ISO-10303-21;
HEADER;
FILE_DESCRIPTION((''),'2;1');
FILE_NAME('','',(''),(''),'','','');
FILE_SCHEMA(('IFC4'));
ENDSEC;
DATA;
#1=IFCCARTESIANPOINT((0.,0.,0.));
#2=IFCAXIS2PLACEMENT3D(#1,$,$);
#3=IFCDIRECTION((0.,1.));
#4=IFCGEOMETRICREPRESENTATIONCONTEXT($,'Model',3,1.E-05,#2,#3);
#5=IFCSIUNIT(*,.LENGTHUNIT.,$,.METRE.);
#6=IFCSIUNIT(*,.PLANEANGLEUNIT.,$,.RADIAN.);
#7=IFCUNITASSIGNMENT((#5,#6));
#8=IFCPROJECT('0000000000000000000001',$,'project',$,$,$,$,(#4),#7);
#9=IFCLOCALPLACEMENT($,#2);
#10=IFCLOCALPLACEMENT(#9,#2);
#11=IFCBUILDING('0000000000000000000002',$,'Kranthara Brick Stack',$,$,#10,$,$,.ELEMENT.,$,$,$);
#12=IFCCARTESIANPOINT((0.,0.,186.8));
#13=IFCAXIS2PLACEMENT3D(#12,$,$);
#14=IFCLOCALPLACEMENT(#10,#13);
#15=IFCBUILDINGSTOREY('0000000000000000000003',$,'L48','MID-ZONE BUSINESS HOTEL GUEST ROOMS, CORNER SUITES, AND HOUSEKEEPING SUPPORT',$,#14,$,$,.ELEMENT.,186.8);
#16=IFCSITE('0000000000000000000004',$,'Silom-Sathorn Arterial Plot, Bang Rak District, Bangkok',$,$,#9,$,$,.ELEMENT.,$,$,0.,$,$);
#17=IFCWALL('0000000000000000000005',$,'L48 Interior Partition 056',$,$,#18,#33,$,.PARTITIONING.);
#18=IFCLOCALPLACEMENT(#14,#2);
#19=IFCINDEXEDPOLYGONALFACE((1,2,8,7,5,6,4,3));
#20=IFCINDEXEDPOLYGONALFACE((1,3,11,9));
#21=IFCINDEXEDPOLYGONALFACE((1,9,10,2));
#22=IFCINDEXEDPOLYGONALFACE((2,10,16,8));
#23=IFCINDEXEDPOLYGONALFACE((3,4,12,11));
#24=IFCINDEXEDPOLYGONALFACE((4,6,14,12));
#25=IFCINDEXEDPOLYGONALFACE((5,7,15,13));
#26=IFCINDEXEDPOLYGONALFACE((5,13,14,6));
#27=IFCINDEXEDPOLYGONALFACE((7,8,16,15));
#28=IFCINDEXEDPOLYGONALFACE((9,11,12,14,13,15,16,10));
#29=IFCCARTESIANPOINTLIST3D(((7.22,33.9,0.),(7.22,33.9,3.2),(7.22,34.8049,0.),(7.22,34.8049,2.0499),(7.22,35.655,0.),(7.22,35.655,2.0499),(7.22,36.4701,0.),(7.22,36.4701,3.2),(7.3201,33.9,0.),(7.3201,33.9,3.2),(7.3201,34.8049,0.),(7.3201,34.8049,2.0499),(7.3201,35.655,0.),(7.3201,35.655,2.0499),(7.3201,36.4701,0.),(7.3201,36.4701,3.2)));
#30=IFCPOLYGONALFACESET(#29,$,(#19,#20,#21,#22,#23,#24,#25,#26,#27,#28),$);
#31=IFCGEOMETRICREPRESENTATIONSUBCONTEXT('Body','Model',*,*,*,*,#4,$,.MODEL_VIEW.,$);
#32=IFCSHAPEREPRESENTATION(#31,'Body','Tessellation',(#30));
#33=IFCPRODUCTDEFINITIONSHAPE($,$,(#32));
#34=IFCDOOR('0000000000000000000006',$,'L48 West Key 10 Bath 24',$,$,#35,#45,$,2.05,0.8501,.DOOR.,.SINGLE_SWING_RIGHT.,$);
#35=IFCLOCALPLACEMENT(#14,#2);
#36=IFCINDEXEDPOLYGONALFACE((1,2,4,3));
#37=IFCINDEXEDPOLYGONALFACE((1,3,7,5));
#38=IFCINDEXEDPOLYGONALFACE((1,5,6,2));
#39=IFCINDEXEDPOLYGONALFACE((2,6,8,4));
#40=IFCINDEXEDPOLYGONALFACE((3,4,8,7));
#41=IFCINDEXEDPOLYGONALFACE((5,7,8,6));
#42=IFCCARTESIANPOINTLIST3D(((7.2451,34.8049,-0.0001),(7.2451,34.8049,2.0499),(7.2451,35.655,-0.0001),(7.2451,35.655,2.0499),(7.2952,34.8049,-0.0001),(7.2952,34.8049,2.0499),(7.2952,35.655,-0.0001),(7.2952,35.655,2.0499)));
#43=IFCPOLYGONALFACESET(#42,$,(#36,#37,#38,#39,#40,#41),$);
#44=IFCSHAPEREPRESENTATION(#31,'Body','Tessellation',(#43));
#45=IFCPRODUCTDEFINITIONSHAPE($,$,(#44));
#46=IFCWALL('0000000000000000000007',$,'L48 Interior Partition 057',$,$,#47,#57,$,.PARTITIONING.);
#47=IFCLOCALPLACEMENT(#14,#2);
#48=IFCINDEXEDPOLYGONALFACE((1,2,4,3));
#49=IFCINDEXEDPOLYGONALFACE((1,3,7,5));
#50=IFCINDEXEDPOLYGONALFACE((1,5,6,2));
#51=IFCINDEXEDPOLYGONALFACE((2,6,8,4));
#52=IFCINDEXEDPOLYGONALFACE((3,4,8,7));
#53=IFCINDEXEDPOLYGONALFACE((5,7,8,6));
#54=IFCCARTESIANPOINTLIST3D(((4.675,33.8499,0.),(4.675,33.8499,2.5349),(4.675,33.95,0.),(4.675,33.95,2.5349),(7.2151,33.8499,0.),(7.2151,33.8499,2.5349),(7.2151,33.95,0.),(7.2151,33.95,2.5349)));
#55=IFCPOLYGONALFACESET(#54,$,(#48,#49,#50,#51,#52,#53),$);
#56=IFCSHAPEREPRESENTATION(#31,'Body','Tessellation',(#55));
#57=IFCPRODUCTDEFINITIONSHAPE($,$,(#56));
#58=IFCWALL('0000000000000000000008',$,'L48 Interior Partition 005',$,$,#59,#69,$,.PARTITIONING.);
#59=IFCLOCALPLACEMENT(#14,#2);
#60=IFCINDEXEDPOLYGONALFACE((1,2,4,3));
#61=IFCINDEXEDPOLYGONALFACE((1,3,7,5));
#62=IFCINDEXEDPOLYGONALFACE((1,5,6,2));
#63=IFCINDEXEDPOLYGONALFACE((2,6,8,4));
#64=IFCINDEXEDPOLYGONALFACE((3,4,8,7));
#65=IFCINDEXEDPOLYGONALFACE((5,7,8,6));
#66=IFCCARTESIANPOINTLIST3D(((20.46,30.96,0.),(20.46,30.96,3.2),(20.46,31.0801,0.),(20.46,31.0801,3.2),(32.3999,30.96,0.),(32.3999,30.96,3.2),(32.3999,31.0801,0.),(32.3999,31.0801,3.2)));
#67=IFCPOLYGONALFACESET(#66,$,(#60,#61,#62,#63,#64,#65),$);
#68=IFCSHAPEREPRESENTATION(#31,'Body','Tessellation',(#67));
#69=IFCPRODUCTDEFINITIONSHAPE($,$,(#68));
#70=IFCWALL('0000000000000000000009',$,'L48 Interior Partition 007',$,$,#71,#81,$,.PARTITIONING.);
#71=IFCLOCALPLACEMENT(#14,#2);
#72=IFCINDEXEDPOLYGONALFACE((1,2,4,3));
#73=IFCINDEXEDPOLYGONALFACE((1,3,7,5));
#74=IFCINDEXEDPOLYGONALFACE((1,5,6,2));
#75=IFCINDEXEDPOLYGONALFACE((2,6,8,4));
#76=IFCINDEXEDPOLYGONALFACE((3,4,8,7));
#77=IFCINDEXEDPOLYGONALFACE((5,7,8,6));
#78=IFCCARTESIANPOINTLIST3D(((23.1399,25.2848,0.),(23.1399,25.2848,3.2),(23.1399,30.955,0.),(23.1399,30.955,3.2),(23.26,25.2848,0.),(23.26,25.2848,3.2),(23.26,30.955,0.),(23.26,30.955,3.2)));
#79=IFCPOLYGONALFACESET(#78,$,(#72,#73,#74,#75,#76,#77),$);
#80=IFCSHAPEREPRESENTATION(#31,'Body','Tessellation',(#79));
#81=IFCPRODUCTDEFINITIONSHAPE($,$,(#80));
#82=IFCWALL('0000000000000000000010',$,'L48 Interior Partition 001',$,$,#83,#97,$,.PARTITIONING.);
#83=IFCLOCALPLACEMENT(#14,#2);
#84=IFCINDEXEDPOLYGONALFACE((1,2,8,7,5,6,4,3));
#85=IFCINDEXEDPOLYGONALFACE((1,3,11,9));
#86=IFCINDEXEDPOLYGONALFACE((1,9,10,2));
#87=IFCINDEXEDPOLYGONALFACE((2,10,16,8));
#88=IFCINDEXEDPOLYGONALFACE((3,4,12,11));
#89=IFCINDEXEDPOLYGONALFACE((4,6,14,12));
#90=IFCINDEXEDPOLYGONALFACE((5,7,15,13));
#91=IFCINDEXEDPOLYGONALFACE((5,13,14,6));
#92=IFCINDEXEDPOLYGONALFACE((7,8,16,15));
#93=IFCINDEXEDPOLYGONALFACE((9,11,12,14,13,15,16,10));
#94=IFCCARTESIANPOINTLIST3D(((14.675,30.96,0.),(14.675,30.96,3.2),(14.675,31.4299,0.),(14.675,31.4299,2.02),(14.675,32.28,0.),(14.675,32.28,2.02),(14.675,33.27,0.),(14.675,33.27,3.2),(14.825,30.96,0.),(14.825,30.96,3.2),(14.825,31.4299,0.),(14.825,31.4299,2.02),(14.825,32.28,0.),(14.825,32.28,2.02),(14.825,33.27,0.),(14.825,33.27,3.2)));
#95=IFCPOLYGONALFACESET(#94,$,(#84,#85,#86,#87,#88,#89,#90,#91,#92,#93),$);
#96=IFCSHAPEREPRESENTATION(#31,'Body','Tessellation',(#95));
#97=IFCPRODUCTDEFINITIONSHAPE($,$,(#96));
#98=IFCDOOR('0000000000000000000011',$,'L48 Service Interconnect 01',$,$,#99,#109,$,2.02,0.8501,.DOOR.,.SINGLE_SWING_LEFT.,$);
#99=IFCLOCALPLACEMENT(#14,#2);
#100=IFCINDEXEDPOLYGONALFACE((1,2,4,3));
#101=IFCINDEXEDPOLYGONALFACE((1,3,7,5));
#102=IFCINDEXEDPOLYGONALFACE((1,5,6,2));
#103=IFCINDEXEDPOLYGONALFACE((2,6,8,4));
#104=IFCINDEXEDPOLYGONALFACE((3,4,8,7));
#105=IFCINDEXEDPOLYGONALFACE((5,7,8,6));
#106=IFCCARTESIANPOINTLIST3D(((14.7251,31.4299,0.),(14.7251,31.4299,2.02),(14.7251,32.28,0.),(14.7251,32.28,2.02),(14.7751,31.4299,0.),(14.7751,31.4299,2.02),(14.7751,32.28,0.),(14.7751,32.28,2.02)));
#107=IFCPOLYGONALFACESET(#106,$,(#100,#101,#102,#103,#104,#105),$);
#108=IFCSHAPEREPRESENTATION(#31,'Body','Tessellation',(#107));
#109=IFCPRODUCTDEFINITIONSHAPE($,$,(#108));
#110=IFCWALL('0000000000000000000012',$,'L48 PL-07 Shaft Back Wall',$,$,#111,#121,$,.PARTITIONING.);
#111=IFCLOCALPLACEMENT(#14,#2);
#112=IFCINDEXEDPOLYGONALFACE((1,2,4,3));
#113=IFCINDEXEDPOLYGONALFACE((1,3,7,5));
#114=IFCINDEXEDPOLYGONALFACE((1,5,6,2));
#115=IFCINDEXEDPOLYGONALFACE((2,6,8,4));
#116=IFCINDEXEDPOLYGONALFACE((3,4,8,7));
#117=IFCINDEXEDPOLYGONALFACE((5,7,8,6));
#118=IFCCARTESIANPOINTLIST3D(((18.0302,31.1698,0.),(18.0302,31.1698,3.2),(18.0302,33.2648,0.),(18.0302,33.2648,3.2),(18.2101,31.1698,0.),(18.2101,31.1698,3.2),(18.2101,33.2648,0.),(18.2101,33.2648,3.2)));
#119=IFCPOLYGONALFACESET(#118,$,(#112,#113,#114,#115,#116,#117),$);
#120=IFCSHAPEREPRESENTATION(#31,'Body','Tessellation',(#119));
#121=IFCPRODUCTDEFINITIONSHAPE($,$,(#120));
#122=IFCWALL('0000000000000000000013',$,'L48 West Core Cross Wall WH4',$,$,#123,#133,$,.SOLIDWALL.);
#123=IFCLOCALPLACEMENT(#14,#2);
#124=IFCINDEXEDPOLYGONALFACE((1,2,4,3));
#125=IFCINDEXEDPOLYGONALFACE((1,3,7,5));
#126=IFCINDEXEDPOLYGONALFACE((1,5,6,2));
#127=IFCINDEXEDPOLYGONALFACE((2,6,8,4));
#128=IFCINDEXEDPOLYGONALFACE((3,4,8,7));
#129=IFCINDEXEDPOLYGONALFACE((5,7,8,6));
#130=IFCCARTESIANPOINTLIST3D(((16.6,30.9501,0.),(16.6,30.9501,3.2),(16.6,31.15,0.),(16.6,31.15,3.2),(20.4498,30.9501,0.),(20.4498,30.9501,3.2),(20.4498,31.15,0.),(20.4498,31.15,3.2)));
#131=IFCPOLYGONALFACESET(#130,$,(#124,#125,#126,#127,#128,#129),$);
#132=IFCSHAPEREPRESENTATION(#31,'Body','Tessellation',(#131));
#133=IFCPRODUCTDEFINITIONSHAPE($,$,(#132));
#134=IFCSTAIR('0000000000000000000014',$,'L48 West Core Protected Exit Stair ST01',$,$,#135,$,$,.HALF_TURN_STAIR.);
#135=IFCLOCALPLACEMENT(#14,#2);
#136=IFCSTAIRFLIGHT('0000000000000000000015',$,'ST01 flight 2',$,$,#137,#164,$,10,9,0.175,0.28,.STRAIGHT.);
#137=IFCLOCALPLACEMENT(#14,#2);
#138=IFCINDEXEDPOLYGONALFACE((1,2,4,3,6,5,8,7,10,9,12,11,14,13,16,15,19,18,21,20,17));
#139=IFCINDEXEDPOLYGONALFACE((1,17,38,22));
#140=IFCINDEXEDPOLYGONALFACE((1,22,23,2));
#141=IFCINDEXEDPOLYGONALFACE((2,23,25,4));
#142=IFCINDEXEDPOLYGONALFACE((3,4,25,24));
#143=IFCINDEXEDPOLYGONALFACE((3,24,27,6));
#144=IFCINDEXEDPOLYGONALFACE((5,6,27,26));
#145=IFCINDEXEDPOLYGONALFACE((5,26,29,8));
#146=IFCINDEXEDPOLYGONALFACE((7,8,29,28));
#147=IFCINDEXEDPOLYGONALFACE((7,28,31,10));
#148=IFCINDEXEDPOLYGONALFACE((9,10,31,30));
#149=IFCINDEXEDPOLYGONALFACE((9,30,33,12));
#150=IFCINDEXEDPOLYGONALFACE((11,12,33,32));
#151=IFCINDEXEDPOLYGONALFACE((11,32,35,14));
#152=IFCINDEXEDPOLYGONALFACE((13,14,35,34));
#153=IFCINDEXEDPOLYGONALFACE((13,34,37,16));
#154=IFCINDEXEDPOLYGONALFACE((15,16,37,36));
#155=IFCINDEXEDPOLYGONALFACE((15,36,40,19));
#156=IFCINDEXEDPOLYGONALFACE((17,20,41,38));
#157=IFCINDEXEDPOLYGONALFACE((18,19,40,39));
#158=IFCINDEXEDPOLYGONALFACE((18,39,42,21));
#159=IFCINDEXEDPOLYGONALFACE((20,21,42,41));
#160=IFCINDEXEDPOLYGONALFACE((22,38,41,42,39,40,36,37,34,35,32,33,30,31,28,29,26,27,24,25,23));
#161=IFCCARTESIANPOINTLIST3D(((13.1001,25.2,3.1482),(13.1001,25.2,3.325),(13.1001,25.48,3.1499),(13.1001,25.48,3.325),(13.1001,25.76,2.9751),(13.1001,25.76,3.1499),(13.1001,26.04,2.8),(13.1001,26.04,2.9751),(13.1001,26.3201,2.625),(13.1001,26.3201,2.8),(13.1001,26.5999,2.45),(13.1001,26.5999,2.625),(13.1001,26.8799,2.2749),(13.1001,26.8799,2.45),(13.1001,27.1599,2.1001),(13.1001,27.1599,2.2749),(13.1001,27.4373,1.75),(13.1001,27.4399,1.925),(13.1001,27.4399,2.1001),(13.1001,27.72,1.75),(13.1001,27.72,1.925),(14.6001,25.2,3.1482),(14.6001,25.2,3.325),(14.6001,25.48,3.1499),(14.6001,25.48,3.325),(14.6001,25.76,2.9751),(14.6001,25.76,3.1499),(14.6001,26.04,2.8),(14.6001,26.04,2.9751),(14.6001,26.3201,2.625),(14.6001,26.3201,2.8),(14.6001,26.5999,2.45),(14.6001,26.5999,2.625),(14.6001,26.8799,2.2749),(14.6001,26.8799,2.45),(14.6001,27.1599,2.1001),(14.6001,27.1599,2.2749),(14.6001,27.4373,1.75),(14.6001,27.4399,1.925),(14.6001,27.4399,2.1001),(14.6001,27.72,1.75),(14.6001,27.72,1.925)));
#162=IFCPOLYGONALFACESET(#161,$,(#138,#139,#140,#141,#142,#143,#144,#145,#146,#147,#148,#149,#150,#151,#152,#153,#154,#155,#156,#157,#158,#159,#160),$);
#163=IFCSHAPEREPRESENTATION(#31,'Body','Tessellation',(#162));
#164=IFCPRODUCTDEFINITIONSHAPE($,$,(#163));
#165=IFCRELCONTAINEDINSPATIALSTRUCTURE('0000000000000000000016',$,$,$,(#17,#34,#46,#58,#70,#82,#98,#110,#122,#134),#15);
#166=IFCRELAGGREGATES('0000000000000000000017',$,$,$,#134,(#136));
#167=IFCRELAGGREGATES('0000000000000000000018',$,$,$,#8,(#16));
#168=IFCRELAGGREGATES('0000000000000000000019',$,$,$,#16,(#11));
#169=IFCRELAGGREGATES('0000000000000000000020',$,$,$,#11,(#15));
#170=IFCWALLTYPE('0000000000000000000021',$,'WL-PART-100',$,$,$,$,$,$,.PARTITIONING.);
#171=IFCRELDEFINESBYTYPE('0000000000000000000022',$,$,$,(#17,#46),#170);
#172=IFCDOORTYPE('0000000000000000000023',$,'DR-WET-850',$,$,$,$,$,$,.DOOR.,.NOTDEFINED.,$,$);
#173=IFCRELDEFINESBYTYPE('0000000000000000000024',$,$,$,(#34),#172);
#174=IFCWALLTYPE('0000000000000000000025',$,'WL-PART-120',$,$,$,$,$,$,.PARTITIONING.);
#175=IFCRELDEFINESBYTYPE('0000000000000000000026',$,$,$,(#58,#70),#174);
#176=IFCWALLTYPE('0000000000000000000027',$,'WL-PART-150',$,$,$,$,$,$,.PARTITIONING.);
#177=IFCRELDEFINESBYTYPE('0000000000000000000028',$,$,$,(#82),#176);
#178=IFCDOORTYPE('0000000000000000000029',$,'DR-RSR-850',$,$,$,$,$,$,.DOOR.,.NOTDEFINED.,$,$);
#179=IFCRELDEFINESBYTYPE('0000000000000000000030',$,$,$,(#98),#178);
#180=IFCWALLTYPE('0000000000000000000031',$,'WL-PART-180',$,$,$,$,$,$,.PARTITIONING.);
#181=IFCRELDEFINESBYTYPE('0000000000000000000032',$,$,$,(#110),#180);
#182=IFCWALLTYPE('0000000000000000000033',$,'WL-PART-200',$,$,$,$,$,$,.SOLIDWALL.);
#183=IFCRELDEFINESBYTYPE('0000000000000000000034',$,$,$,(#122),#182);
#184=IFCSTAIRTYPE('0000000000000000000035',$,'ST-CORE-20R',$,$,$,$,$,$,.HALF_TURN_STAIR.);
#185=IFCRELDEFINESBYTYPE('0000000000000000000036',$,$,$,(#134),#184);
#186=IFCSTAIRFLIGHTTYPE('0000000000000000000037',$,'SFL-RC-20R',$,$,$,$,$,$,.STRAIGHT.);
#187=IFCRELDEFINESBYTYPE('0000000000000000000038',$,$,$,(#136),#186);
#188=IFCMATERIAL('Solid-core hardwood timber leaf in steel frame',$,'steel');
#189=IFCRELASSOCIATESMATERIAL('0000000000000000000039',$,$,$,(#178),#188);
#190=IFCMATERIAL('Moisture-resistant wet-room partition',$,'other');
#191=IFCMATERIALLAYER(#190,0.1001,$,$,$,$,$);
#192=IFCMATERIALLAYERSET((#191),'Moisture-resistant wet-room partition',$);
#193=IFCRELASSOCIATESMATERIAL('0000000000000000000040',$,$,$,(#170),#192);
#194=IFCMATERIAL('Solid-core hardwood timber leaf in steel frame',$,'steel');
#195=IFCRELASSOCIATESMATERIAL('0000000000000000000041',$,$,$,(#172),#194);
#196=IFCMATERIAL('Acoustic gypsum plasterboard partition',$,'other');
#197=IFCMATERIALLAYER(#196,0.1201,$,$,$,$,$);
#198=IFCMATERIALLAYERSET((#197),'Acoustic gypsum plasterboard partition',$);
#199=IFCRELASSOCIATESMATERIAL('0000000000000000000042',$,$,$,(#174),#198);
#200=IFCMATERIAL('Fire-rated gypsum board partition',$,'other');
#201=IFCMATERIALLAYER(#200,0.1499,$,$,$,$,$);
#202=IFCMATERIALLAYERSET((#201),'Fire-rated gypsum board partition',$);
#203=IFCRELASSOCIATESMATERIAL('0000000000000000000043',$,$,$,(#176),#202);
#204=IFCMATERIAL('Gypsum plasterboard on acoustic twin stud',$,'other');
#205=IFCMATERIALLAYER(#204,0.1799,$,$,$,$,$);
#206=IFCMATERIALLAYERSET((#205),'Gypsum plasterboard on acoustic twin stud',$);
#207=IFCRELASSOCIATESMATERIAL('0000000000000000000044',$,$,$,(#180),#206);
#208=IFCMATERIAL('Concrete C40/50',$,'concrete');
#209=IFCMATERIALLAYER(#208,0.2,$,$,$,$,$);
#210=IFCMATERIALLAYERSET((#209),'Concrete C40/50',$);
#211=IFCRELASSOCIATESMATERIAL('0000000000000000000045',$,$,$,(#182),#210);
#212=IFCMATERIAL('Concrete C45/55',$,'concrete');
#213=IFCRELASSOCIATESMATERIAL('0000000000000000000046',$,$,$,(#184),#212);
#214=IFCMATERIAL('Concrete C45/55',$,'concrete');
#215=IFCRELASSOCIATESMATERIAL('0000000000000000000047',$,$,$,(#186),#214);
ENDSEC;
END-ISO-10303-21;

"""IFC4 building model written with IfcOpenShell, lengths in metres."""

from ifc_helpers import new_model, si_unit, direction, frame, frame_2d, origin, place, context, subcontext, project, spatial, polyline, rectangle, outline, extrude, material, layer, layer_set, type_object, element, fill, aggregate, save


model = new_model("IFC4")

# Units and contexts
model_context = context("Model", 3, precision=1e-05, world=origin(), true_north=direction((0.0, 1.0)))
body_context = subcontext(model_context, "Body", "Model", "MODEL_VIEW")
ifc_project = project(units=[si_unit("LENGTHUNIT", "METRE"), si_unit("PLANEANGLEUNIT", "RADIAN")], contexts=[model_context])

# Site, building, storey
site_placement = place(None, origin())
site = spatial("IfcSite", under=ifc_project, at=site_placement, Name="Silom-Sathorn Arterial Plot, Bang Rak District, Bangkok", CompositionType="ELEMENT", RefElevation=0.0)
building_placement = place(site_placement, origin())
building = spatial("IfcBuilding", under=site, at=building_placement, Name="Kranthara Brick Stack", CompositionType="ELEMENT")
storey_placement = place(building_placement, frame((0.0, 0.0, 186.8)))
storey = spatial("IfcBuildingStorey", under=building, at=storey_placement, Name="L48", Description="MID-ZONE BUSINESS HOTEL GUEST ROOMS, CORNER SUITES, AND HOUSEKEEPING SUPPORT", CompositionType="ELEMENT", Elevation=186.8)

# Shared definitions
ifc_material_1 = material(Name="Solid-core hardwood timber leaf in steel frame", Category="steel")
door_type_1 = type_object("IfcDoorType", Name="DR-RSR-850", OperationType="NOTDEFINED", PredefinedType="DOOR", material=ifc_material_1)

# Wall, opening, door
ifc_material_2 = material(Name="Moisture-resistant wet-room partition", Category="other")
ifc_layer_1 = layer(ifc_material_2, 0.1001)
ifc_layer_set_1 = layer_set([ifc_layer_1], Name="Moisture-resistant wet-room partition")
wall_type_1 = type_object("IfcWallType", Name="WL-PART-100", PredefinedType="PARTITIONING", material=ifc_layer_set_1)
wall_1_placement = place(storey_placement, frame((7.27, 33.8999, 0.0), z_axis=(0.0, 0.0, 1.0), x_axis=(0.0, 1.0, 0.0)))
wall_1 = element("IfcWall", 1, at=wall_1_placement, inside=storey, type_object=wall_type_1, Name="L48 Interior Partition 056", PredefinedType="PARTITIONING", context=body_context, shape_type="SweptSolid", body=[
    extrude(rectangle(XDim=2.5701, YDim=0.1001, at=frame_2d((1.2852, 0.0))), origin(), (0.0, 0.0, 1.0), 3.2),
])
opening_1_placement = place(wall_1_placement, frame((0.905, 0.0, 0.0)))
opening_1 = element("IfcOpeningElement", 2, at=opening_1_placement, cuts=wall_1, PredefinedType="OPENING", context=body_context, shape_type="SweptSolid", body=[
    extrude(rectangle(XDim=0.8501, YDim=2.05, at=frame_2d((0.425, 1.0249))), frame((0.0, 0.0601, 0.0), z_axis=(0.0, -1.0, 0.0), x_axis=(1.0, 0.0, 0.0)), (0.0, 0.0, 1.0), 0.1201),
])
ifc_material_3 = material(Name="Solid-core hardwood timber leaf in steel frame", Category="steel")
door_type_2 = type_object("IfcDoorType", Name="DR-WET-850", OperationType="NOTDEFINED", PredefinedType="DOOR", material=ifc_material_3)
door_1_placement = place(opening_1_placement, origin())
door_1 = element("IfcDoor", 3, at=door_1_placement, inside=storey, type_object=door_type_2, Name="L48 West Key 10 Bath 24", OperationType="SINGLE_SWING_RIGHT", OverallHeight=2.05, OverallWidth=0.8501, PredefinedType="DOOR", context=body_context, shape_type="SweptSolid", body=[
    extrude(rectangle(XDim=0.8501, YDim=2.05, at=frame_2d((0.425, 1.0249))), frame((0.0, 0.0249, 0.0), z_axis=(0.0, -1.0, 0.0), x_axis=(1.0, 0.0, 0.0)), (0.0, 0.0, 1.0), 0.05),
])
fill(opening_1, door_1)

# Walls
wall_2_placement = place(storey_placement, frame((4.675, 33.8999, 0.0), z_axis=(0.0, 0.0, 1.0), x_axis=(1.0, 0.0, 0.0)))
element("IfcWall", 4, at=wall_2_placement, inside=storey, type_object=wall_type_1, Name="L48 Interior Partition 057", PredefinedType="PARTITIONING", context=body_context, shape_type="SweptSolid", body=[
    extrude(rectangle(XDim=2.54, YDim=0.1001, at=frame_2d((1.27, 0.0))), origin(), (0.0, 0.0, 1.0), 2.5349),
])
ifc_material_4 = material(Name="Acoustic gypsum plasterboard partition", Category="other")
ifc_layer_2 = layer(ifc_material_4, 0.1201)
ifc_layer_set_2 = layer_set([ifc_layer_2], Name="Acoustic gypsum plasterboard partition")
wall_type_2 = type_object("IfcWallType", Name="WL-PART-120", PredefinedType="PARTITIONING", material=ifc_layer_set_2)
wall_3_placement = place(storey_placement, frame((20.46, 31.02, 0.0), z_axis=(0.0, 0.0, 1.0), x_axis=(1.0, 0.0, 0.0)))
element("IfcWall", 5, at=wall_3_placement, inside=storey, type_object=wall_type_2, Name="L48 Interior Partition 005", PredefinedType="PARTITIONING", context=body_context, shape_type="SweptSolid", body=[
    extrude(rectangle(XDim=11.9399, YDim=0.1201, at=frame_2d((5.97, 0.0))), origin(), (0.0, 0.0, 1.0), 3.2),
])
wall_4_placement = place(storey_placement, frame((23.2, 25.2849, 0.0), z_axis=(0.0, 0.0, 1.0), x_axis=(0.0, 1.0, 0.0)))
element("IfcWall", 6, at=wall_4_placement, inside=storey, type_object=wall_type_2, Name="L48 Interior Partition 007", PredefinedType="PARTITIONING", context=body_context, shape_type="SweptSolid", body=[
    extrude(rectangle(XDim=5.6702, YDim=0.1201, at=frame_2d((2.835, 0.0))), origin(), (0.0, 0.0, 1.0), 3.2),
])

# Wall, opening, door
ifc_material_5 = material(Name="Fire-rated gypsum board partition", Category="other")
ifc_layer_3 = layer(ifc_material_5, 0.1499)
ifc_layer_set_3 = layer_set([ifc_layer_3], Name="Fire-rated gypsum board partition")
wall_type_3 = type_object("IfcWallType", Name="WL-PART-150", PredefinedType="PARTITIONING", material=ifc_layer_set_3)
wall_5_placement = place(storey_placement, frame((14.75, 30.96, 0.0), z_axis=(0.0, 0.0, 1.0), x_axis=(0.0, 1.0, 0.0)))
wall_5 = element("IfcWall", 7, at=wall_5_placement, inside=storey, type_object=wall_type_3, Name="L48 Interior Partition 001", PredefinedType="PARTITIONING", context=body_context, shape_type="SweptSolid", body=[
    extrude(rectangle(XDim=2.3101, YDim=0.1499, at=frame_2d((1.155, 0.0))), origin(), (0.0, 0.0, 1.0), 3.2),
])
opening_2_placement = place(wall_5_placement, frame((0.47, 0.0, 0.0)))
opening_2 = element("IfcOpeningElement", 8, at=opening_2_placement, cuts=wall_5, PredefinedType="OPENING", context=body_context, shape_type="SweptSolid", body=[
    extrude(rectangle(XDim=0.8501, YDim=2.02, at=frame_2d((0.425, 1.01))), frame((0.0, 0.085, 0.0), z_axis=(0.0, -1.0, 0.0), x_axis=(1.0, 0.0, 0.0)), (0.0, 0.0, 1.0), 0.1699),
])
door_2_placement = place(opening_2_placement, origin())
door_2 = element("IfcDoor", 9, at=door_2_placement, inside=storey, type_object=door_type_1, Name="L48 Service Interconnect 01", OperationType="SINGLE_SWING_LEFT", OverallHeight=2.02, OverallWidth=0.8501, PredefinedType="DOOR", context=body_context, shape_type="SweptSolid", body=[
    extrude(rectangle(XDim=0.8501, YDim=2.02, at=frame_2d((0.425, 1.01))), frame((0.0, 0.0249, 0.0), z_axis=(0.0, -1.0, 0.0), x_axis=(1.0, 0.0, 0.0)), (0.0, 0.0, 1.0), 0.05),
])
fill(opening_2, door_2)

# Walls
ifc_material_6 = material(Name="Gypsum plasterboard on acoustic twin stud", Category="other")
ifc_layer_4 = layer(ifc_material_6, 0.1799)
ifc_layer_set_4 = layer_set([ifc_layer_4], Name="Gypsum plasterboard on acoustic twin stud")
wall_type_4 = type_object("IfcWallType", Name="WL-PART-180", PredefinedType="PARTITIONING", material=ifc_layer_set_4)
wall_6_placement = place(storey_placement, frame((18.1201, 31.1699, 0.0), z_axis=(0.0, 0.0, 1.0), x_axis=(0.0, 1.0, 0.0)))
element("IfcWall", 10, at=wall_6_placement, inside=storey, type_object=wall_type_4, Name="L48 PL-07 Shaft Back Wall", PredefinedType="PARTITIONING", context=body_context, shape_type="SweptSolid", body=[
    extrude(rectangle(XDim=2.095, YDim=0.1799, at=frame_2d((1.0474, 0.0))), origin(), (0.0, 0.0, 1.0), 3.2),
])
ifc_material_7 = material(Name="Concrete C40/50", Category="concrete")
ifc_layer_5 = layer(ifc_material_7, 0.2)
ifc_layer_set_5 = layer_set([ifc_layer_5], Name="Concrete C40/50")
wall_type_5 = type_object("IfcWallType", Name="WL-PART-200", PredefinedType="SOLIDWALL", material=ifc_layer_set_5)
wall_7_placement = place(storey_placement, frame((16.6001, 31.05, 0.0), z_axis=(0.0, 0.0, 1.0), x_axis=(1.0, 0.0, 0.0)))
element("IfcWall", 11, at=wall_7_placement, inside=storey, type_object=wall_type_5, Name="L48 West Core Cross Wall WH4", PredefinedType="SOLIDWALL", context=body_context, shape_type="SweptSolid", body=[
    extrude(rectangle(XDim=3.8499, YDim=0.2, at=frame_2d((1.9248, 0.0))), origin(), (0.0, 0.0, 1.0), 3.2),
])

# Stair, stair flight
ifc_material_8 = material(Name="Concrete C45/55", Category="concrete")
stair_type = type_object("IfcStairType", Name="ST-CORE-20R", PredefinedType="HALF_TURN_STAIR", material=ifc_material_8)
stair_placement = place(storey_placement, origin())
stair = element("IfcStair", 12, at=stair_placement, inside=storey, type_object=stair_type, Name="L48 West Core Protected Exit Stair ST01", PredefinedType="HALF_TURN_STAIR")
ifc_material_9 = material(Name="Concrete C45/55", Category="concrete")
stair_flight_type = type_object("IfcStairFlightType", Name="SFL-RC-20R", PredefinedType="STRAIGHT", material=ifc_material_9)
stair_flight_placement = place(storey_placement, frame((13.8501, 27.72, 1.75), z_axis=(0.0, 0.0, 1.0), x_axis=(0.0, -1.0, 0.0)))
stair_flight = element("IfcStairFlight", 13, at=stair_flight_placement, type_object=stair_flight_type, Name="ST01 flight 2", NumberOfRisers=10, NumberOfTreads=9, PredefinedType="STRAIGHT", RiserHeight=0.175, TreadLength=0.28, context=body_context, shape_type="SweptSolid", body=[
    extrude(outline(polyline([(0.0, 0.0), (0.0, 0.175), (0.28, 0.175), (0.28, 0.3501), (0.5601, 0.3501), (0.5601, 0.5249), (0.8401, 0.5249), (0.8401, 0.7), (1.1201, 0.7), (1.1201, 0.875), (1.3999, 0.875), (1.3999, 1.05), (1.6799, 1.05), (1.6799, 1.2251), (1.96, 1.2251), (1.96, 1.3999), (2.24, 1.3999), (2.24, 1.575), (2.52, 1.575), (2.52, 1.75), (2.52, 1.3982), (0.2827, 0.0), (0.0, 0.0)])), frame((0.0, 0.75, 0.0), z_axis=(0.0, -1.0, 0.0), x_axis=(1.0, 0.0, 0.0)), (0.0, 0.0, 1.0), 1.5),
])
aggregate(stair, [stair_flight])

save(model, "model.ifc")
